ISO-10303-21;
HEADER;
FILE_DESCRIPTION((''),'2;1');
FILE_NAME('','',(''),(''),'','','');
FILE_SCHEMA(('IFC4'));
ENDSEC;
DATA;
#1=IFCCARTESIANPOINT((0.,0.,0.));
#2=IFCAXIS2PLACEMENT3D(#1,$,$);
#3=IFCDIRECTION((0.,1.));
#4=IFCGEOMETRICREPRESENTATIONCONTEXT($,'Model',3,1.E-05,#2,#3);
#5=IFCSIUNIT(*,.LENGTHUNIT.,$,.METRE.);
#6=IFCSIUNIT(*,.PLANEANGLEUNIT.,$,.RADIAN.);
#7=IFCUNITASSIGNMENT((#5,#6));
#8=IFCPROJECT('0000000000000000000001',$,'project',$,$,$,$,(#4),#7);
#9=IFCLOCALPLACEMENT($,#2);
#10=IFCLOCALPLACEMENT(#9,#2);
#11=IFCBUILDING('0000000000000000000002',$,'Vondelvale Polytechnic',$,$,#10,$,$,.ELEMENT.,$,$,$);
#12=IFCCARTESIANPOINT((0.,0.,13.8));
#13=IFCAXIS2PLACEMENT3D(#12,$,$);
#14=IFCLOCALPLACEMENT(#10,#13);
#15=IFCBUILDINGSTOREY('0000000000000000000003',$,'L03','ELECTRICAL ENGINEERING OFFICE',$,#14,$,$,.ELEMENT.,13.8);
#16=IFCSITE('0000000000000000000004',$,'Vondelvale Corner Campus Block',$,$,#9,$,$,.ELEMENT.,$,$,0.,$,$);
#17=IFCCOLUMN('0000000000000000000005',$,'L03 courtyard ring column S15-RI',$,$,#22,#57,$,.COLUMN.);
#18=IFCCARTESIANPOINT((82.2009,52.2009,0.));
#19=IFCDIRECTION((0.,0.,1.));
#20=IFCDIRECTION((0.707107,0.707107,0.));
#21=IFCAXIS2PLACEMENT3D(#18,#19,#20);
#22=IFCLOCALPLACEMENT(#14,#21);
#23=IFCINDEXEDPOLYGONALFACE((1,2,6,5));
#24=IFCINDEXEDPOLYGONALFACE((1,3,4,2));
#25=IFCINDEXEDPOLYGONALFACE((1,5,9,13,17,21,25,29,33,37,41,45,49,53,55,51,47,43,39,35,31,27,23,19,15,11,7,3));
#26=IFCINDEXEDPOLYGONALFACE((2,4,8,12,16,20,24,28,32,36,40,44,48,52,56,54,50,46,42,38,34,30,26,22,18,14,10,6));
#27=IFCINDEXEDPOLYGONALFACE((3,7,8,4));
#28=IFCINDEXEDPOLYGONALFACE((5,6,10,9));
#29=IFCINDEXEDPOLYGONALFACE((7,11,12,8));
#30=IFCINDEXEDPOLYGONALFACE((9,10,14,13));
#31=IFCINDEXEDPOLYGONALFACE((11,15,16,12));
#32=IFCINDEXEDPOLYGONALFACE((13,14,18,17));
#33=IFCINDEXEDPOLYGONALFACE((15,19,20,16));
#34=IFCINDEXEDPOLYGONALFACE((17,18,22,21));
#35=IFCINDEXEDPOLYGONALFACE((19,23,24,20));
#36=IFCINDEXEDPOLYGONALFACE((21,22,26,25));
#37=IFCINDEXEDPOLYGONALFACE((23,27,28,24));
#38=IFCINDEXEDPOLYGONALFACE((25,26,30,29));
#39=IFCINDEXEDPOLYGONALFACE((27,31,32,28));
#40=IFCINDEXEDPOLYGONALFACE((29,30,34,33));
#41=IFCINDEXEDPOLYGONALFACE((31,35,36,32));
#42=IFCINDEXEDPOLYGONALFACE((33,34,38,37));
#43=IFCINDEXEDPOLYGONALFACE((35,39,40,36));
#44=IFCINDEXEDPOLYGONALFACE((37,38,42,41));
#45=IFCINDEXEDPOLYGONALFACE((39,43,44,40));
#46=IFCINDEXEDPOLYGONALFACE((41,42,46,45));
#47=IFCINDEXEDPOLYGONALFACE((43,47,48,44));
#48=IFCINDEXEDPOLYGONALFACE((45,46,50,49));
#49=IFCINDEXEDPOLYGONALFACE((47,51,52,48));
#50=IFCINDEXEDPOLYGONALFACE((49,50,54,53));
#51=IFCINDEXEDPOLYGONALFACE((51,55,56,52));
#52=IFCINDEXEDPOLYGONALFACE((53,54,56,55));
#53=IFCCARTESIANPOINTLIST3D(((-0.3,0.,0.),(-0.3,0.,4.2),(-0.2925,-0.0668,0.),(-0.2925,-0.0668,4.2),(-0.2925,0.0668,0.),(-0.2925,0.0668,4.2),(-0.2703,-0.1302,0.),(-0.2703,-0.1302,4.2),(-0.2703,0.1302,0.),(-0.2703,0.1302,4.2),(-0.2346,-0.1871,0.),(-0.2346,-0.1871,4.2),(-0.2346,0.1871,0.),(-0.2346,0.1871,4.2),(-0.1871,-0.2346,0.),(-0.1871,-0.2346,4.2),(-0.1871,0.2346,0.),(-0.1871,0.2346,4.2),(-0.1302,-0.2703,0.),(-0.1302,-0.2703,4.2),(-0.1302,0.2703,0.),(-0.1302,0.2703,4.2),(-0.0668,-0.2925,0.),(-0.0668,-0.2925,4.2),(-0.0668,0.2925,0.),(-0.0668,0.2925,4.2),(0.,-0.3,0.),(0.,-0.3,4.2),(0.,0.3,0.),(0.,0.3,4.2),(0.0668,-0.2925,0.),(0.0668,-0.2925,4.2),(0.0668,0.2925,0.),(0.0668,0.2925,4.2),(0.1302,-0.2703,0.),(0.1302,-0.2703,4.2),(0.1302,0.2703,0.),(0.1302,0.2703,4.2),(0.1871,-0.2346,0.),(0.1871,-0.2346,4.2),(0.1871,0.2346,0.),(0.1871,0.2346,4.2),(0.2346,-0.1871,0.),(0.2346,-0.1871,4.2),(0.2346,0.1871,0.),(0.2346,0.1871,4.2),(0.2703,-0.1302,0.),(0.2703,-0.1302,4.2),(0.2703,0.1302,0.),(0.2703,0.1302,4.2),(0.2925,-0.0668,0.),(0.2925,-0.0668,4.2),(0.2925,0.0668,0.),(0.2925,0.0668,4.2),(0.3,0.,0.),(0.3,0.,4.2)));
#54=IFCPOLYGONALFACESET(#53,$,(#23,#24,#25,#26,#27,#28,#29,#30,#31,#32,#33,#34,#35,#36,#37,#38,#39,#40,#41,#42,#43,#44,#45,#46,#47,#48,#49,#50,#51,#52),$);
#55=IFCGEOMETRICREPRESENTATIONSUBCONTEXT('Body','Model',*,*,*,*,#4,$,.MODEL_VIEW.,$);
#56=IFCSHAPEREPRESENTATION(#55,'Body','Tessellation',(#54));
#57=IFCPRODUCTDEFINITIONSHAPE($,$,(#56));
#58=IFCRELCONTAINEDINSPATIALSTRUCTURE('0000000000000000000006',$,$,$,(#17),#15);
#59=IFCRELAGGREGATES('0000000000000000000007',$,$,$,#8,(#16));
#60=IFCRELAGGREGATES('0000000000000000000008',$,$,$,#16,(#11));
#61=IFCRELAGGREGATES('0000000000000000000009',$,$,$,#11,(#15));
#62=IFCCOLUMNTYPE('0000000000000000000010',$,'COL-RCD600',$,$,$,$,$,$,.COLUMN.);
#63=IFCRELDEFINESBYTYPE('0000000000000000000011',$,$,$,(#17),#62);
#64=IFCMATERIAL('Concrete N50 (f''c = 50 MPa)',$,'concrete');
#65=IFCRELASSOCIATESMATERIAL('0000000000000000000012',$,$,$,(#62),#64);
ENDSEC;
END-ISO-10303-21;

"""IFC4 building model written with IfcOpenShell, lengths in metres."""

from ifc_helpers import new_model, si_unit, direction, frame, origin, origin_2d, place, context, subcontext, project, spatial, circle, extrude, material, material_profile, profile_set, type_object, element, save


model = new_model("IFC4")

# Units and contexts
model_context = context("Model", 3, precision=1e-05, world=origin(), true_north=direction((0.0, 1.0)))
body_context = subcontext(model_context, "Body", "Model", "MODEL_VIEW")
ifc_project = project(units=[si_unit("LENGTHUNIT", "METRE"), si_unit("PLANEANGLEUNIT", "RADIAN")], contexts=[model_context])

# Site, building, storey
site_placement = place(None, origin())
site = spatial("IfcSite", under=ifc_project, at=site_placement, Name="Vondelvale Corner Campus Block", CompositionType="ELEMENT", RefElevation=0.0)
building_placement = place(site_placement, origin())
building = spatial("IfcBuilding", under=site, at=building_placement, Name="Vondelvale Polytechnic", CompositionType="ELEMENT")
storey_placement = place(building_placement, frame((0.0, 0.0, 13.8)))
storey = spatial("IfcBuildingStorey", under=building, at=storey_placement, Name="L03", Description="ELECTRICAL ENGINEERING OFFICE", CompositionType="ELEMENT", Elevation=13.8)

# Column
ifc_material_1 = material(Name="Concrete N50 (f'c = 50 MPa)", Category="concrete")
ifc_material_profile_1 = material_profile(ifc_material_1, circle(Radius=0.3, at=origin_2d()), Name="RC-COL-D600")
ifc_profile_set_1 = profile_set([ifc_material_profile_1], Name="Concrete N50 (f'c = 50 MPa)")
column_type = type_object("IfcColumnType", Name="COL-RCD600", PredefinedType="COLUMN", material=ifc_profile_set_1)
column_placement = place(storey_placement, frame((82.2009, 52.2009, 0.0), z_axis=(0.0, 0.0, 1.0), x_axis=(0.707107, 0.707107, 0.0)))
element("IfcColumn", 1, at=column_placement, inside=storey, type_object=column_type, Name="L03 courtyard ring column S15-RI", PredefinedType="COLUMN", context=body_context, shape_type="SweptSolid", body=[
    extrude(circle(Radius=0.3, at=origin_2d()), origin(), (0.0, 0.0, 1.0), 4.2),
])

save(model, "model.ifc")
